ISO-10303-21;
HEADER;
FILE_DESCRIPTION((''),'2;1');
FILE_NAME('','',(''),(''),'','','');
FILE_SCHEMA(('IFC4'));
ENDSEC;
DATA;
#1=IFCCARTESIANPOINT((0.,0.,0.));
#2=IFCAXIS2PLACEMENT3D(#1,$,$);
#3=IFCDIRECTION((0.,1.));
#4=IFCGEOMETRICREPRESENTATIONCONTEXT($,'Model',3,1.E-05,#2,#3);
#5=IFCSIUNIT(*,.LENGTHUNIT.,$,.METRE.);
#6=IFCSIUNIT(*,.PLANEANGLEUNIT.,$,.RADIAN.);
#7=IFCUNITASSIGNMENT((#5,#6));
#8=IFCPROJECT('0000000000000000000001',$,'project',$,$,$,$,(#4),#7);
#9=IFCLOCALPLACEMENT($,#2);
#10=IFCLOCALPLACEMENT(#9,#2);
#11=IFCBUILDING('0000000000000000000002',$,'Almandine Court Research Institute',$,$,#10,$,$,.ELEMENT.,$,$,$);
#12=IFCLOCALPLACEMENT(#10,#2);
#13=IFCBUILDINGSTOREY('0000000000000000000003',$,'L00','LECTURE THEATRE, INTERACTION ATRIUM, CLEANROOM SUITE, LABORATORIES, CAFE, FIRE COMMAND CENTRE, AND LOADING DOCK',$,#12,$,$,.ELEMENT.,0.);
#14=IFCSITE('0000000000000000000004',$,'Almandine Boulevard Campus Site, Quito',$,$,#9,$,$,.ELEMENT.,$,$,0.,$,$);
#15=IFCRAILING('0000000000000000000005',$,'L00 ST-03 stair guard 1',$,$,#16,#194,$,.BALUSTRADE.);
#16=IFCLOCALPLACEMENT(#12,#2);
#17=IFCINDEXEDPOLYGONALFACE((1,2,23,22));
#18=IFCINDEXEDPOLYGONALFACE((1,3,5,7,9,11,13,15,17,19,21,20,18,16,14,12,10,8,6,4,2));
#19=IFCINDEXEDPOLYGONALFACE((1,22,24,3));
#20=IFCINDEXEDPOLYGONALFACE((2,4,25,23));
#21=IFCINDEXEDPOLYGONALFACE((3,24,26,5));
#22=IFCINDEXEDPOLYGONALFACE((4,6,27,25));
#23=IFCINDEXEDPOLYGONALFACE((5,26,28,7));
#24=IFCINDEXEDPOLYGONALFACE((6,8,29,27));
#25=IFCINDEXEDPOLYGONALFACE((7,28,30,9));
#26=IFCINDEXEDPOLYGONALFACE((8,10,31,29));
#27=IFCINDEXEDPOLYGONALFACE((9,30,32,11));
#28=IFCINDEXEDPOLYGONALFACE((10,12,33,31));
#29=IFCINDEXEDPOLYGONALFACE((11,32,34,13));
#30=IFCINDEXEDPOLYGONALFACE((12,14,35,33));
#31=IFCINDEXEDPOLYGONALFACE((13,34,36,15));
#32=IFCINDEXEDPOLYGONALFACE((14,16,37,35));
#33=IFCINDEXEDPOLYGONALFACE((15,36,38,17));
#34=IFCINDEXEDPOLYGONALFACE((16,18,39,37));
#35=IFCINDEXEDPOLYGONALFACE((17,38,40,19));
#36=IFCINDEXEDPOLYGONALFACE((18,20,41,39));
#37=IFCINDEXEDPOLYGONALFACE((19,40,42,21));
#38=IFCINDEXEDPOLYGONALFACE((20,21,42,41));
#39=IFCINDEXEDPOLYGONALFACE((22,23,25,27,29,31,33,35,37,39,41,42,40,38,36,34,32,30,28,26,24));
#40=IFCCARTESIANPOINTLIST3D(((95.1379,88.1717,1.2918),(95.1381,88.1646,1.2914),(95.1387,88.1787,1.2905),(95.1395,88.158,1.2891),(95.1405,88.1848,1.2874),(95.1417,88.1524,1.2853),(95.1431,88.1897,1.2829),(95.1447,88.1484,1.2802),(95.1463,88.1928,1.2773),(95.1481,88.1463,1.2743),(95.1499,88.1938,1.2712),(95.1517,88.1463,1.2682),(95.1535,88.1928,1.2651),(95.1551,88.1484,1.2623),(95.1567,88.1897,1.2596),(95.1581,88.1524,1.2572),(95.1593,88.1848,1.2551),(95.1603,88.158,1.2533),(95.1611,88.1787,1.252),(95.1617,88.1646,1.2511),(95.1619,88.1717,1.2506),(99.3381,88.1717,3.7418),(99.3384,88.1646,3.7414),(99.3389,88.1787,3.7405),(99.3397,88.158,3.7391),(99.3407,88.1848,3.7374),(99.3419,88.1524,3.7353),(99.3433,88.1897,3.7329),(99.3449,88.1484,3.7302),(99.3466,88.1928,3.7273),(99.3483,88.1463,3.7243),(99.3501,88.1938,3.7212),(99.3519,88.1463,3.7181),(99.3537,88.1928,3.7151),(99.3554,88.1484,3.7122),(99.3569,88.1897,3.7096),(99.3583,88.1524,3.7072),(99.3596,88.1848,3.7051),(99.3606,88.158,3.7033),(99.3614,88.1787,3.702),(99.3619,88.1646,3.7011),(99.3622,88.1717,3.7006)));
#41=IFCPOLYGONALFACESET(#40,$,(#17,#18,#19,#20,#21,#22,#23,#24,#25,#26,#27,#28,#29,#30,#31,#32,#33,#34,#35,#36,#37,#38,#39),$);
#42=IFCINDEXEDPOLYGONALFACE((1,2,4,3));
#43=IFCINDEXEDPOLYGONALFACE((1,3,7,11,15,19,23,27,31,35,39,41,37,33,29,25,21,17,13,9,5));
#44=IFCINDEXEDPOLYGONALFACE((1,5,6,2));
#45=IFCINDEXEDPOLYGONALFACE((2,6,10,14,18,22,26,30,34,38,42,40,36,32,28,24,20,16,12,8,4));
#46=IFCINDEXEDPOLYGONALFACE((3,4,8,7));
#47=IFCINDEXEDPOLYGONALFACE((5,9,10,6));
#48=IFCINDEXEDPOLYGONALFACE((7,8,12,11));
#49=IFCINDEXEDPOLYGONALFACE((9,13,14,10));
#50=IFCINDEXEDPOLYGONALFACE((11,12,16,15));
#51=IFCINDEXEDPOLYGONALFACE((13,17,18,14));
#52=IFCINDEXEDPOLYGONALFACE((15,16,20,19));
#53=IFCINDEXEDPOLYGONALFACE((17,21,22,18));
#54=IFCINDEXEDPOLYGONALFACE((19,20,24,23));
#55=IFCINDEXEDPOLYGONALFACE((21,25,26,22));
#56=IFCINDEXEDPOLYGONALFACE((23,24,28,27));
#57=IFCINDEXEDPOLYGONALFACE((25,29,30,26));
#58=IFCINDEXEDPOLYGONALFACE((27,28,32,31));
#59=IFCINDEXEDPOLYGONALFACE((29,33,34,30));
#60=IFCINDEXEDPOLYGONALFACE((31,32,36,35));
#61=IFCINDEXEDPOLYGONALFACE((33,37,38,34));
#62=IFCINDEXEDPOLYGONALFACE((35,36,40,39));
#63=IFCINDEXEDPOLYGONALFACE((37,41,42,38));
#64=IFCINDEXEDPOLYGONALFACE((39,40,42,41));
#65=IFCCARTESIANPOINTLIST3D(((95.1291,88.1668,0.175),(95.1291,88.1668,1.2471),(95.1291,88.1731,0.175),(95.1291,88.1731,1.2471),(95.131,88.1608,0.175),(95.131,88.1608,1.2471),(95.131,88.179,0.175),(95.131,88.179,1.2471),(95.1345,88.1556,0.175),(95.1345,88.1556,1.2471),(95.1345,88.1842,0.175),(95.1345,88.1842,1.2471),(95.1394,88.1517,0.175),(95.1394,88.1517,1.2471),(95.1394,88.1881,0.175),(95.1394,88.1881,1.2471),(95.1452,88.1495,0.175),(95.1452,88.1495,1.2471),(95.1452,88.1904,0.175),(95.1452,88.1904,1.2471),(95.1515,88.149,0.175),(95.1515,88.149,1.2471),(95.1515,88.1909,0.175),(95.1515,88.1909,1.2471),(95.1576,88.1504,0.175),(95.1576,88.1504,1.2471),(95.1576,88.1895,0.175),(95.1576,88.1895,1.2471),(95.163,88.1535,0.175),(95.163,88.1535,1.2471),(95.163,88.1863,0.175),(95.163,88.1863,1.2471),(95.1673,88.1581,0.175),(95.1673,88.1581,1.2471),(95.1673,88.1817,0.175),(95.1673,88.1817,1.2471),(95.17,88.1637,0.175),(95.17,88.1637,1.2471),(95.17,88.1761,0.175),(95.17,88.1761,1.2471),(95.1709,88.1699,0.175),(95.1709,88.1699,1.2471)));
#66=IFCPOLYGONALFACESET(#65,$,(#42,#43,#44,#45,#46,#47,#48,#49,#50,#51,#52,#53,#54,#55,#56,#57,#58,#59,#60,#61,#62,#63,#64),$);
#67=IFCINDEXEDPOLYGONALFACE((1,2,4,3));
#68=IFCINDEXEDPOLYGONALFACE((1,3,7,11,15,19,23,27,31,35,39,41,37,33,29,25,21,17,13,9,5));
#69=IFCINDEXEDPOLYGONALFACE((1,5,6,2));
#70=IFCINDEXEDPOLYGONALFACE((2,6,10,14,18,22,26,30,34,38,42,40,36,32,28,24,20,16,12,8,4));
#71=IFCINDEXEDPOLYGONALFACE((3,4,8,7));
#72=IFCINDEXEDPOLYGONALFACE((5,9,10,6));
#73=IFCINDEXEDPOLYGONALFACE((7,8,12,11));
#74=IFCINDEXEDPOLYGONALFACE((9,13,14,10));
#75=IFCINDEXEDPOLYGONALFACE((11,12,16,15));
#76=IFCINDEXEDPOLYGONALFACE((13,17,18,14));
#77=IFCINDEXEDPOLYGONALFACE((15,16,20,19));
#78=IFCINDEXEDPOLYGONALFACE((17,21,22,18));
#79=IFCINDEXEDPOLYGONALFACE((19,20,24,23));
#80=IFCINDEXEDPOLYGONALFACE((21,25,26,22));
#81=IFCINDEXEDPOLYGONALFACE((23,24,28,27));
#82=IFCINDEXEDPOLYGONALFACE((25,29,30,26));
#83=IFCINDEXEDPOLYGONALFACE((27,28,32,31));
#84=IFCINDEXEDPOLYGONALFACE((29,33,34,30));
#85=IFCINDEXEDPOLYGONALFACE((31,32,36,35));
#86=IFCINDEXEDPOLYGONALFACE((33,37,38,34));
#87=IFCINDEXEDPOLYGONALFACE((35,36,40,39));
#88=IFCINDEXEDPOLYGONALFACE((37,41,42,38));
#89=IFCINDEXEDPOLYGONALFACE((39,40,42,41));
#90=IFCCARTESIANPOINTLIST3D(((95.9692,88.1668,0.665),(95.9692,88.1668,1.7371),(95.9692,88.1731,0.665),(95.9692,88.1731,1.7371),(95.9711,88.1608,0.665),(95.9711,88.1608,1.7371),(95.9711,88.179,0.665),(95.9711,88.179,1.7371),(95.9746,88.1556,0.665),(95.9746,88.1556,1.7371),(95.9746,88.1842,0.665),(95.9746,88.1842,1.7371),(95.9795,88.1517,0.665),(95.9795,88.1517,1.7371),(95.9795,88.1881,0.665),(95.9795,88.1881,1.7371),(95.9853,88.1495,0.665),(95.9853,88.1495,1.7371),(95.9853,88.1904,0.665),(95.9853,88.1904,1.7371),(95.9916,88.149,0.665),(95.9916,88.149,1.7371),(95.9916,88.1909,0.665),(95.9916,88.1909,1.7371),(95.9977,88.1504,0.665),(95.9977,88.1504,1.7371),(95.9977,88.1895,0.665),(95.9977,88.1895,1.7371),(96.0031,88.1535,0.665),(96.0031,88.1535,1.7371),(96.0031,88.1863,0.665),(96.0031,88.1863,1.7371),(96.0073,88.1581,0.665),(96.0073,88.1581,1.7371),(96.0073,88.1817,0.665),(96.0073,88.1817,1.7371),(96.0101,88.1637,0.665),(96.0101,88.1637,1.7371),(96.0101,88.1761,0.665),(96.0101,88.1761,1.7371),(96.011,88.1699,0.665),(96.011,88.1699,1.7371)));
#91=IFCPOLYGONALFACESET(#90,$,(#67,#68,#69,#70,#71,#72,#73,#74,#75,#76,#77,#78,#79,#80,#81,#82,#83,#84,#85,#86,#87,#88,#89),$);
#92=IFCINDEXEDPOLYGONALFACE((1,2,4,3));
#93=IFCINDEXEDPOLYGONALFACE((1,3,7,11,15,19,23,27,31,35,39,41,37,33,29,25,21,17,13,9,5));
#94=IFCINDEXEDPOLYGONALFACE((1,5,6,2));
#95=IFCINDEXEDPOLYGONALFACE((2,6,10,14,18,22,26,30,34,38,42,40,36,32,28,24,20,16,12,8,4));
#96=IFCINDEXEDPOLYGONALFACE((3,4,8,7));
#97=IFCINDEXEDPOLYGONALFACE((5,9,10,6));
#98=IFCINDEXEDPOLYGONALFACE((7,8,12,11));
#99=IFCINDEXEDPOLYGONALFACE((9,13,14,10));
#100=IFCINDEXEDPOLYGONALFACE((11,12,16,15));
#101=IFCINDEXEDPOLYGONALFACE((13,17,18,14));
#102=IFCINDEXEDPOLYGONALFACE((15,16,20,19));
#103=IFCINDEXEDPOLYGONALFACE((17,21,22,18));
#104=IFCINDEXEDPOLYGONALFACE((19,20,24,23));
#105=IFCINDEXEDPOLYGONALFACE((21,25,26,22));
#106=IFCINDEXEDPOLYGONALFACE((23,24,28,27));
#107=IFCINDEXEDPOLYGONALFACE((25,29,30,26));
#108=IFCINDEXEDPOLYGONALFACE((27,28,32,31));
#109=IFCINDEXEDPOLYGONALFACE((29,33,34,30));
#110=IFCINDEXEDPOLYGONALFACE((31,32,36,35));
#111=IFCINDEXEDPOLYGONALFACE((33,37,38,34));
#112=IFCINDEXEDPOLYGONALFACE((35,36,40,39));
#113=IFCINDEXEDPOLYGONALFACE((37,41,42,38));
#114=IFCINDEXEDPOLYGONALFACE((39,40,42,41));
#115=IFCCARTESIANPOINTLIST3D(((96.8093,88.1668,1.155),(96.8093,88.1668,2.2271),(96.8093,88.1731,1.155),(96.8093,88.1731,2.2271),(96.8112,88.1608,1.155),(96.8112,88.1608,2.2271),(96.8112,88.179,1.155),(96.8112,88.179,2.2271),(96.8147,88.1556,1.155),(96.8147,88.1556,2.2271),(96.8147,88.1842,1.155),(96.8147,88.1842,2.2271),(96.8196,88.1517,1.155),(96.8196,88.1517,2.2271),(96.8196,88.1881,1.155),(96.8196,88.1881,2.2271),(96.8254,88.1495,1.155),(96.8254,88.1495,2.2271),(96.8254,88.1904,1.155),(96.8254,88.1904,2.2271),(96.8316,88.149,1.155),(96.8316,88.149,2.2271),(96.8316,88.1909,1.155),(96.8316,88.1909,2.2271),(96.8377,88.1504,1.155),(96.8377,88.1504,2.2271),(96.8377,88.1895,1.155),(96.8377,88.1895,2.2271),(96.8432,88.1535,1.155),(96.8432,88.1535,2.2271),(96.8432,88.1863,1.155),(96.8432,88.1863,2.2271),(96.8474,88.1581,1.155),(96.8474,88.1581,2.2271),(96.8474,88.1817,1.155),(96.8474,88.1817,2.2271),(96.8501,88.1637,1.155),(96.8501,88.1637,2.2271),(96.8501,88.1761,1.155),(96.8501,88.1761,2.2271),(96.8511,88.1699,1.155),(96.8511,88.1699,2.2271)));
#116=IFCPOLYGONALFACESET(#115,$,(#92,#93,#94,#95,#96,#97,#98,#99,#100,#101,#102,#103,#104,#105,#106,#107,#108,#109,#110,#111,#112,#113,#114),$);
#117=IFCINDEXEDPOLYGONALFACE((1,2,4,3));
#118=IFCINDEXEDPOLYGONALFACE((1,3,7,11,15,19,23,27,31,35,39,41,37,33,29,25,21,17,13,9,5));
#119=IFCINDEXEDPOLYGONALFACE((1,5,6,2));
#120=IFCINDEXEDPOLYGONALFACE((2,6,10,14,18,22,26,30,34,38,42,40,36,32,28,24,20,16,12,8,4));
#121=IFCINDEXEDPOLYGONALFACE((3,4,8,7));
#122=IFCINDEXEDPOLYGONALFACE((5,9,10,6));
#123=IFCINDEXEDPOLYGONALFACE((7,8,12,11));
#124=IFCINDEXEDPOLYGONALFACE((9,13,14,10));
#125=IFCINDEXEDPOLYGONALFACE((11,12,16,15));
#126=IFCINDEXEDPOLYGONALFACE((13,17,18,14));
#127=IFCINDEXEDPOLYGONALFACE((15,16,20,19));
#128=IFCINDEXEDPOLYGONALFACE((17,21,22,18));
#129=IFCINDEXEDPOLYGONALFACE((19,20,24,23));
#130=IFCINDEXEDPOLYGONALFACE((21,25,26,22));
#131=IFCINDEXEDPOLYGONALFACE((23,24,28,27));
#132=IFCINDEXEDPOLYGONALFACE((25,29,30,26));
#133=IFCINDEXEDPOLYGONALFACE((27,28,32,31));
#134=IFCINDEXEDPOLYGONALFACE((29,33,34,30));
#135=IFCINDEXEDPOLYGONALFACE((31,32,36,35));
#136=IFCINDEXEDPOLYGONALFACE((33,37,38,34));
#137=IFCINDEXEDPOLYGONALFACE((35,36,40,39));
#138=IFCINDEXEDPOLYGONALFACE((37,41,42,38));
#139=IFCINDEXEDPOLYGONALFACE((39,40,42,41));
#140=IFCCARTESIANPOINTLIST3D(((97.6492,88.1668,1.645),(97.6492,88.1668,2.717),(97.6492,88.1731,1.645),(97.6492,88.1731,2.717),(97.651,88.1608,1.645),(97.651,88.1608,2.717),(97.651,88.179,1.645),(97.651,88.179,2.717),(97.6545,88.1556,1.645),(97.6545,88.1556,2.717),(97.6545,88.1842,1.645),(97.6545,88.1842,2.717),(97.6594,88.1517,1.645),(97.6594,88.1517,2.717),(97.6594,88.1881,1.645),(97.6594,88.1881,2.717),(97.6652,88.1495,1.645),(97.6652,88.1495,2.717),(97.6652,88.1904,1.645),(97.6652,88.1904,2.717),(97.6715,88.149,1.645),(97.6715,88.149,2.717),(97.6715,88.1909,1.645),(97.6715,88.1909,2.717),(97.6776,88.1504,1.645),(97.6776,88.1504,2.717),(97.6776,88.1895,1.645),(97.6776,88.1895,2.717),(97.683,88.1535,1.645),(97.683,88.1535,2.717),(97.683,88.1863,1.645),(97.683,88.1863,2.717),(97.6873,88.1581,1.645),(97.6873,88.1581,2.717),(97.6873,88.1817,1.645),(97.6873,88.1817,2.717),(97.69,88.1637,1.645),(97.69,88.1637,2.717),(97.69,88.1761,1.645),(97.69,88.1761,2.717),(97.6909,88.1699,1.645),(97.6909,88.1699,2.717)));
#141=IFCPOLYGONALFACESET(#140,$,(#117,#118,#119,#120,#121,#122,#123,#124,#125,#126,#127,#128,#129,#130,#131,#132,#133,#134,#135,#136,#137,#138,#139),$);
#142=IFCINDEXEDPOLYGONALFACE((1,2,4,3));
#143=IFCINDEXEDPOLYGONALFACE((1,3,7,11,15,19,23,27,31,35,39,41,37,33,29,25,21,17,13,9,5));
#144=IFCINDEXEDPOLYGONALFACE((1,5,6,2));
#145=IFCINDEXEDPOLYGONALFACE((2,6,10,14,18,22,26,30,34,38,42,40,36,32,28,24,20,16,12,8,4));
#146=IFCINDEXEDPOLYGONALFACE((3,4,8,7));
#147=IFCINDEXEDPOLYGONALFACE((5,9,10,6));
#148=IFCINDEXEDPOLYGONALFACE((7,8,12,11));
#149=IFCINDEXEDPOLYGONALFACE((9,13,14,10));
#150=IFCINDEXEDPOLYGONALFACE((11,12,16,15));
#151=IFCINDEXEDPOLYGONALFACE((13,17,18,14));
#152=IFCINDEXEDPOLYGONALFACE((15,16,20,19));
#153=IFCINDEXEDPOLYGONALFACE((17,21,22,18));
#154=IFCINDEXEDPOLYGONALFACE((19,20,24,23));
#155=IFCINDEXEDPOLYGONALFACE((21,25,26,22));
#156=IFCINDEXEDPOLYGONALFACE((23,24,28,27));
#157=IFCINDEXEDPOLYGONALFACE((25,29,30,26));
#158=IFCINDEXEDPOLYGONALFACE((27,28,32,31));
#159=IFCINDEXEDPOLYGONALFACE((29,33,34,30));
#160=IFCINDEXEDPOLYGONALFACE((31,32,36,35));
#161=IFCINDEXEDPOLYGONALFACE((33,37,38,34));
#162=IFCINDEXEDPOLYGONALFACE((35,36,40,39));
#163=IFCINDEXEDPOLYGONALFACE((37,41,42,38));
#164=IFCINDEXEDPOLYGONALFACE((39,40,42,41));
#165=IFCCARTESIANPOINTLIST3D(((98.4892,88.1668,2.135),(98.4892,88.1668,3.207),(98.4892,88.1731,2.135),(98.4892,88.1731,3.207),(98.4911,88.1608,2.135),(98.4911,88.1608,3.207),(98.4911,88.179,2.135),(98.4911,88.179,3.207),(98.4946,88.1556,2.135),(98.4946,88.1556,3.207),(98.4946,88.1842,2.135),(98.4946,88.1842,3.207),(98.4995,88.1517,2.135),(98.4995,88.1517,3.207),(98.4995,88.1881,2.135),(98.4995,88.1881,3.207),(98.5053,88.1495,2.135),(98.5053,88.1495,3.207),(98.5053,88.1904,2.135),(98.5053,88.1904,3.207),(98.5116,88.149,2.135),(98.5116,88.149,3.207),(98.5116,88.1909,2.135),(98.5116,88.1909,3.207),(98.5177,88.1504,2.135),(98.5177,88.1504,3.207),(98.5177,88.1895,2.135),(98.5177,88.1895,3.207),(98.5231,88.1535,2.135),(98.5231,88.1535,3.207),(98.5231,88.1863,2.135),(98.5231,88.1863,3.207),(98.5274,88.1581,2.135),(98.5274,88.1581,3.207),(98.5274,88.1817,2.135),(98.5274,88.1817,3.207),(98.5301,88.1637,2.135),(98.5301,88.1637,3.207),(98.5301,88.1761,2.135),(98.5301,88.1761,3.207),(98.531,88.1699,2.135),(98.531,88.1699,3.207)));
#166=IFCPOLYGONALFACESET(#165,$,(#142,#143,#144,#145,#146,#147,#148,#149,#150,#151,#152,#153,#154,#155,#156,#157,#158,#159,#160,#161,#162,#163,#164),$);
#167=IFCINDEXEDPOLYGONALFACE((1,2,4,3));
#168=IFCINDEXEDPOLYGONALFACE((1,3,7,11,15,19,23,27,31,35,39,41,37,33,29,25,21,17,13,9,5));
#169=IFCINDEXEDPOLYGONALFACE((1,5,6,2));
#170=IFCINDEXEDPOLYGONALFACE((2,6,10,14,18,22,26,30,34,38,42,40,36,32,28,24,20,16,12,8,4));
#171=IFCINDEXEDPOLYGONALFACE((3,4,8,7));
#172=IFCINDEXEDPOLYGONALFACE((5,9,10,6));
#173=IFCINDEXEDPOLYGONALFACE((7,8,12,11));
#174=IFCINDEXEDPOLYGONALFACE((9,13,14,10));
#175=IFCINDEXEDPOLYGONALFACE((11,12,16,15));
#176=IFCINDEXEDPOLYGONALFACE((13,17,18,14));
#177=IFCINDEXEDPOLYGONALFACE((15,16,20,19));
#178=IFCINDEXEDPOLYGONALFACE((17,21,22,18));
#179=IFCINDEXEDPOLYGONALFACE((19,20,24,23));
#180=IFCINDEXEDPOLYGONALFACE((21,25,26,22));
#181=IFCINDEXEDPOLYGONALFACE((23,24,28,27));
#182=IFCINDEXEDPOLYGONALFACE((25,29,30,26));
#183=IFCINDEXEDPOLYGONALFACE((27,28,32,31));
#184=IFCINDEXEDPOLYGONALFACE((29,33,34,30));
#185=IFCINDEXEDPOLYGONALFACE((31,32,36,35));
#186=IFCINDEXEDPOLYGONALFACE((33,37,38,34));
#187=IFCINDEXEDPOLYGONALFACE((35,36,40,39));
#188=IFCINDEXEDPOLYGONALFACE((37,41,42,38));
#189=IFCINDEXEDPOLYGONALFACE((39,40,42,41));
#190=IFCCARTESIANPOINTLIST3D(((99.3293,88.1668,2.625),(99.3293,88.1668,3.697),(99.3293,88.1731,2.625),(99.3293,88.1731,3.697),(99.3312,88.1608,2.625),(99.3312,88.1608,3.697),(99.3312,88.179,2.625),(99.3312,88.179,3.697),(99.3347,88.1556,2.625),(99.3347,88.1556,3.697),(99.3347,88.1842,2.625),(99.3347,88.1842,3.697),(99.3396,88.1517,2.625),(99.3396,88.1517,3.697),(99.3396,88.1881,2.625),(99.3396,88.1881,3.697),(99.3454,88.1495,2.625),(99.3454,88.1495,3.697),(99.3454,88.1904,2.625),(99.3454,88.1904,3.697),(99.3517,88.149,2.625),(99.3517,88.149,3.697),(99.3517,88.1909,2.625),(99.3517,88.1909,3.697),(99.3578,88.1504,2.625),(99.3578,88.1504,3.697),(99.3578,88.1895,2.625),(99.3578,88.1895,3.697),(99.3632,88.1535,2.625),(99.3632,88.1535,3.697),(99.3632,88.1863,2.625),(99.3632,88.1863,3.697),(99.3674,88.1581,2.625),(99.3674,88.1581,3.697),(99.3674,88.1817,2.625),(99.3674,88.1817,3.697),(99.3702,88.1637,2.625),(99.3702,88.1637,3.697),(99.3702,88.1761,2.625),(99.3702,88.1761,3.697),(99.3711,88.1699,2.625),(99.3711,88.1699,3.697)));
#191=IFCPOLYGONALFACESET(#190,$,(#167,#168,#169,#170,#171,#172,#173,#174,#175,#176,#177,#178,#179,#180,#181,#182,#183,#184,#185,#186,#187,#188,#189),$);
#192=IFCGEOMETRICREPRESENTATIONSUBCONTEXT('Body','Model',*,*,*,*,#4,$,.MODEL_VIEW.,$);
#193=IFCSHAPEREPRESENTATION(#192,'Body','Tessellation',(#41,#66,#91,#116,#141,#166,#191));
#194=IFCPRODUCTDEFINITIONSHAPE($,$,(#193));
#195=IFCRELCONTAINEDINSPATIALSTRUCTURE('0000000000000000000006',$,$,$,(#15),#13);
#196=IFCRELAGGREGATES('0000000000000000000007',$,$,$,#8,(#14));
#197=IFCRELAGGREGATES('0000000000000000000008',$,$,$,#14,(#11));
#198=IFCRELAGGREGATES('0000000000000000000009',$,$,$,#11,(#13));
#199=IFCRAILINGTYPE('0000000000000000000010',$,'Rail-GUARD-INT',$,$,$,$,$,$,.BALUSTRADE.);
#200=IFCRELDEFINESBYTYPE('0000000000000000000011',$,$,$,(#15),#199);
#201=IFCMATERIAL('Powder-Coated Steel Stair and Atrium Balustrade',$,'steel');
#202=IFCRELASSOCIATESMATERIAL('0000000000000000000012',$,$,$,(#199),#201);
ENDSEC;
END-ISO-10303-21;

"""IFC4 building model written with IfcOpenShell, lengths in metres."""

from ifc_helpers import new_model, si_unit, direction, frame, origin, origin_2d, place, context, subcontext, project, spatial, circle, extrude, material, type_object, element, save


model = new_model("IFC4")

# Units and contexts
model_context = context("Model", 3, precision=1e-05, world=origin(), true_north=direction((0.0, 1.0)))
body_context = subcontext(model_context, "Body", "Model", "MODEL_VIEW")
ifc_project = project(units=[si_unit("LENGTHUNIT", "METRE"), si_unit("PLANEANGLEUNIT", "RADIAN")], contexts=[model_context])

# Site, building, storey
site_placement = place(None, origin())
site = spatial("IfcSite", under=ifc_project, at=site_placement, Name="Almandine Boulevard Campus Site, Quito", CompositionType="ELEMENT", RefElevation=0.0)
building_placement = place(site_placement, origin())
building = spatial("IfcBuilding", under=site, at=building_placement, Name="Almandine Court Research Institute", CompositionType="ELEMENT")
storey_placement = place(building_placement, origin())
storey = spatial("IfcBuildingStorey", under=building, at=storey_placement, Name="L00", Description="LECTURE THEATRE, INTERACTION ATRIUM, CLEANROOM SUITE, LABORATORIES, CAFE, FIRE COMMAND CENTRE, AND LOADING DOCK", CompositionType="ELEMENT", Elevation=0.0)

# Railing
ifc_material_1 = material(Name="Powder-Coated Steel Stair and Atrium Balustrade", Category="steel")
railing_type = type_object("IfcRailingType", Name="Rail-GUARD-INT", PredefinedType="BALUSTRADE", material=ifc_material_1)
railing_1_placement = place(storey_placement, frame((95.1499, 88.1699, 0.175)))
element("IfcRailing", 1, at=railing_1_placement, inside=storey, type_object=railing_type, Name="L00 ST-03 stair guard 1", PredefinedType="BALUSTRADE", context=body_context, shape_type="SweptSolid", body=[
    extrude(circle(Radius=0.0239, at=origin_2d()), frame((0.0, 0.0, 1.0962), z_axis=(0.863793, 0.0, 0.503846), x_axis=(0.0, 1.0, 0.0)), (0.0, 0.0, 1.0), 4.8625),
    extrude(circle(Radius=0.021, at=origin_2d()), origin(), (0.0, 0.0, 1.0), 1.072),
    extrude(circle(Radius=0.021, at=origin_2d()), frame((0.8401, 0.0, 0.49)), (0.0, 0.0, 1.0), 1.072),
    extrude(circle(Radius=0.021, at=origin_2d()), frame((1.6802, 0.0, 0.98)), (0.0, 0.0, 1.0), 1.072),
    extrude(circle(Radius=0.021, at=origin_2d()), frame((2.52, 0.0, 1.47)), (0.0, 0.0, 1.0), 1.072),
    extrude(circle(Radius=0.021, at=origin_2d()), frame((3.3601, 0.0, 1.96)), (0.0, 0.0, 1.0), 1.072),
    extrude(circle(Radius=0.021, at=origin_2d()), frame((4.2002, 0.0, 2.45)), (0.0, 0.0, 1.0), 1.072),
])

save(model, "model.ifc")
